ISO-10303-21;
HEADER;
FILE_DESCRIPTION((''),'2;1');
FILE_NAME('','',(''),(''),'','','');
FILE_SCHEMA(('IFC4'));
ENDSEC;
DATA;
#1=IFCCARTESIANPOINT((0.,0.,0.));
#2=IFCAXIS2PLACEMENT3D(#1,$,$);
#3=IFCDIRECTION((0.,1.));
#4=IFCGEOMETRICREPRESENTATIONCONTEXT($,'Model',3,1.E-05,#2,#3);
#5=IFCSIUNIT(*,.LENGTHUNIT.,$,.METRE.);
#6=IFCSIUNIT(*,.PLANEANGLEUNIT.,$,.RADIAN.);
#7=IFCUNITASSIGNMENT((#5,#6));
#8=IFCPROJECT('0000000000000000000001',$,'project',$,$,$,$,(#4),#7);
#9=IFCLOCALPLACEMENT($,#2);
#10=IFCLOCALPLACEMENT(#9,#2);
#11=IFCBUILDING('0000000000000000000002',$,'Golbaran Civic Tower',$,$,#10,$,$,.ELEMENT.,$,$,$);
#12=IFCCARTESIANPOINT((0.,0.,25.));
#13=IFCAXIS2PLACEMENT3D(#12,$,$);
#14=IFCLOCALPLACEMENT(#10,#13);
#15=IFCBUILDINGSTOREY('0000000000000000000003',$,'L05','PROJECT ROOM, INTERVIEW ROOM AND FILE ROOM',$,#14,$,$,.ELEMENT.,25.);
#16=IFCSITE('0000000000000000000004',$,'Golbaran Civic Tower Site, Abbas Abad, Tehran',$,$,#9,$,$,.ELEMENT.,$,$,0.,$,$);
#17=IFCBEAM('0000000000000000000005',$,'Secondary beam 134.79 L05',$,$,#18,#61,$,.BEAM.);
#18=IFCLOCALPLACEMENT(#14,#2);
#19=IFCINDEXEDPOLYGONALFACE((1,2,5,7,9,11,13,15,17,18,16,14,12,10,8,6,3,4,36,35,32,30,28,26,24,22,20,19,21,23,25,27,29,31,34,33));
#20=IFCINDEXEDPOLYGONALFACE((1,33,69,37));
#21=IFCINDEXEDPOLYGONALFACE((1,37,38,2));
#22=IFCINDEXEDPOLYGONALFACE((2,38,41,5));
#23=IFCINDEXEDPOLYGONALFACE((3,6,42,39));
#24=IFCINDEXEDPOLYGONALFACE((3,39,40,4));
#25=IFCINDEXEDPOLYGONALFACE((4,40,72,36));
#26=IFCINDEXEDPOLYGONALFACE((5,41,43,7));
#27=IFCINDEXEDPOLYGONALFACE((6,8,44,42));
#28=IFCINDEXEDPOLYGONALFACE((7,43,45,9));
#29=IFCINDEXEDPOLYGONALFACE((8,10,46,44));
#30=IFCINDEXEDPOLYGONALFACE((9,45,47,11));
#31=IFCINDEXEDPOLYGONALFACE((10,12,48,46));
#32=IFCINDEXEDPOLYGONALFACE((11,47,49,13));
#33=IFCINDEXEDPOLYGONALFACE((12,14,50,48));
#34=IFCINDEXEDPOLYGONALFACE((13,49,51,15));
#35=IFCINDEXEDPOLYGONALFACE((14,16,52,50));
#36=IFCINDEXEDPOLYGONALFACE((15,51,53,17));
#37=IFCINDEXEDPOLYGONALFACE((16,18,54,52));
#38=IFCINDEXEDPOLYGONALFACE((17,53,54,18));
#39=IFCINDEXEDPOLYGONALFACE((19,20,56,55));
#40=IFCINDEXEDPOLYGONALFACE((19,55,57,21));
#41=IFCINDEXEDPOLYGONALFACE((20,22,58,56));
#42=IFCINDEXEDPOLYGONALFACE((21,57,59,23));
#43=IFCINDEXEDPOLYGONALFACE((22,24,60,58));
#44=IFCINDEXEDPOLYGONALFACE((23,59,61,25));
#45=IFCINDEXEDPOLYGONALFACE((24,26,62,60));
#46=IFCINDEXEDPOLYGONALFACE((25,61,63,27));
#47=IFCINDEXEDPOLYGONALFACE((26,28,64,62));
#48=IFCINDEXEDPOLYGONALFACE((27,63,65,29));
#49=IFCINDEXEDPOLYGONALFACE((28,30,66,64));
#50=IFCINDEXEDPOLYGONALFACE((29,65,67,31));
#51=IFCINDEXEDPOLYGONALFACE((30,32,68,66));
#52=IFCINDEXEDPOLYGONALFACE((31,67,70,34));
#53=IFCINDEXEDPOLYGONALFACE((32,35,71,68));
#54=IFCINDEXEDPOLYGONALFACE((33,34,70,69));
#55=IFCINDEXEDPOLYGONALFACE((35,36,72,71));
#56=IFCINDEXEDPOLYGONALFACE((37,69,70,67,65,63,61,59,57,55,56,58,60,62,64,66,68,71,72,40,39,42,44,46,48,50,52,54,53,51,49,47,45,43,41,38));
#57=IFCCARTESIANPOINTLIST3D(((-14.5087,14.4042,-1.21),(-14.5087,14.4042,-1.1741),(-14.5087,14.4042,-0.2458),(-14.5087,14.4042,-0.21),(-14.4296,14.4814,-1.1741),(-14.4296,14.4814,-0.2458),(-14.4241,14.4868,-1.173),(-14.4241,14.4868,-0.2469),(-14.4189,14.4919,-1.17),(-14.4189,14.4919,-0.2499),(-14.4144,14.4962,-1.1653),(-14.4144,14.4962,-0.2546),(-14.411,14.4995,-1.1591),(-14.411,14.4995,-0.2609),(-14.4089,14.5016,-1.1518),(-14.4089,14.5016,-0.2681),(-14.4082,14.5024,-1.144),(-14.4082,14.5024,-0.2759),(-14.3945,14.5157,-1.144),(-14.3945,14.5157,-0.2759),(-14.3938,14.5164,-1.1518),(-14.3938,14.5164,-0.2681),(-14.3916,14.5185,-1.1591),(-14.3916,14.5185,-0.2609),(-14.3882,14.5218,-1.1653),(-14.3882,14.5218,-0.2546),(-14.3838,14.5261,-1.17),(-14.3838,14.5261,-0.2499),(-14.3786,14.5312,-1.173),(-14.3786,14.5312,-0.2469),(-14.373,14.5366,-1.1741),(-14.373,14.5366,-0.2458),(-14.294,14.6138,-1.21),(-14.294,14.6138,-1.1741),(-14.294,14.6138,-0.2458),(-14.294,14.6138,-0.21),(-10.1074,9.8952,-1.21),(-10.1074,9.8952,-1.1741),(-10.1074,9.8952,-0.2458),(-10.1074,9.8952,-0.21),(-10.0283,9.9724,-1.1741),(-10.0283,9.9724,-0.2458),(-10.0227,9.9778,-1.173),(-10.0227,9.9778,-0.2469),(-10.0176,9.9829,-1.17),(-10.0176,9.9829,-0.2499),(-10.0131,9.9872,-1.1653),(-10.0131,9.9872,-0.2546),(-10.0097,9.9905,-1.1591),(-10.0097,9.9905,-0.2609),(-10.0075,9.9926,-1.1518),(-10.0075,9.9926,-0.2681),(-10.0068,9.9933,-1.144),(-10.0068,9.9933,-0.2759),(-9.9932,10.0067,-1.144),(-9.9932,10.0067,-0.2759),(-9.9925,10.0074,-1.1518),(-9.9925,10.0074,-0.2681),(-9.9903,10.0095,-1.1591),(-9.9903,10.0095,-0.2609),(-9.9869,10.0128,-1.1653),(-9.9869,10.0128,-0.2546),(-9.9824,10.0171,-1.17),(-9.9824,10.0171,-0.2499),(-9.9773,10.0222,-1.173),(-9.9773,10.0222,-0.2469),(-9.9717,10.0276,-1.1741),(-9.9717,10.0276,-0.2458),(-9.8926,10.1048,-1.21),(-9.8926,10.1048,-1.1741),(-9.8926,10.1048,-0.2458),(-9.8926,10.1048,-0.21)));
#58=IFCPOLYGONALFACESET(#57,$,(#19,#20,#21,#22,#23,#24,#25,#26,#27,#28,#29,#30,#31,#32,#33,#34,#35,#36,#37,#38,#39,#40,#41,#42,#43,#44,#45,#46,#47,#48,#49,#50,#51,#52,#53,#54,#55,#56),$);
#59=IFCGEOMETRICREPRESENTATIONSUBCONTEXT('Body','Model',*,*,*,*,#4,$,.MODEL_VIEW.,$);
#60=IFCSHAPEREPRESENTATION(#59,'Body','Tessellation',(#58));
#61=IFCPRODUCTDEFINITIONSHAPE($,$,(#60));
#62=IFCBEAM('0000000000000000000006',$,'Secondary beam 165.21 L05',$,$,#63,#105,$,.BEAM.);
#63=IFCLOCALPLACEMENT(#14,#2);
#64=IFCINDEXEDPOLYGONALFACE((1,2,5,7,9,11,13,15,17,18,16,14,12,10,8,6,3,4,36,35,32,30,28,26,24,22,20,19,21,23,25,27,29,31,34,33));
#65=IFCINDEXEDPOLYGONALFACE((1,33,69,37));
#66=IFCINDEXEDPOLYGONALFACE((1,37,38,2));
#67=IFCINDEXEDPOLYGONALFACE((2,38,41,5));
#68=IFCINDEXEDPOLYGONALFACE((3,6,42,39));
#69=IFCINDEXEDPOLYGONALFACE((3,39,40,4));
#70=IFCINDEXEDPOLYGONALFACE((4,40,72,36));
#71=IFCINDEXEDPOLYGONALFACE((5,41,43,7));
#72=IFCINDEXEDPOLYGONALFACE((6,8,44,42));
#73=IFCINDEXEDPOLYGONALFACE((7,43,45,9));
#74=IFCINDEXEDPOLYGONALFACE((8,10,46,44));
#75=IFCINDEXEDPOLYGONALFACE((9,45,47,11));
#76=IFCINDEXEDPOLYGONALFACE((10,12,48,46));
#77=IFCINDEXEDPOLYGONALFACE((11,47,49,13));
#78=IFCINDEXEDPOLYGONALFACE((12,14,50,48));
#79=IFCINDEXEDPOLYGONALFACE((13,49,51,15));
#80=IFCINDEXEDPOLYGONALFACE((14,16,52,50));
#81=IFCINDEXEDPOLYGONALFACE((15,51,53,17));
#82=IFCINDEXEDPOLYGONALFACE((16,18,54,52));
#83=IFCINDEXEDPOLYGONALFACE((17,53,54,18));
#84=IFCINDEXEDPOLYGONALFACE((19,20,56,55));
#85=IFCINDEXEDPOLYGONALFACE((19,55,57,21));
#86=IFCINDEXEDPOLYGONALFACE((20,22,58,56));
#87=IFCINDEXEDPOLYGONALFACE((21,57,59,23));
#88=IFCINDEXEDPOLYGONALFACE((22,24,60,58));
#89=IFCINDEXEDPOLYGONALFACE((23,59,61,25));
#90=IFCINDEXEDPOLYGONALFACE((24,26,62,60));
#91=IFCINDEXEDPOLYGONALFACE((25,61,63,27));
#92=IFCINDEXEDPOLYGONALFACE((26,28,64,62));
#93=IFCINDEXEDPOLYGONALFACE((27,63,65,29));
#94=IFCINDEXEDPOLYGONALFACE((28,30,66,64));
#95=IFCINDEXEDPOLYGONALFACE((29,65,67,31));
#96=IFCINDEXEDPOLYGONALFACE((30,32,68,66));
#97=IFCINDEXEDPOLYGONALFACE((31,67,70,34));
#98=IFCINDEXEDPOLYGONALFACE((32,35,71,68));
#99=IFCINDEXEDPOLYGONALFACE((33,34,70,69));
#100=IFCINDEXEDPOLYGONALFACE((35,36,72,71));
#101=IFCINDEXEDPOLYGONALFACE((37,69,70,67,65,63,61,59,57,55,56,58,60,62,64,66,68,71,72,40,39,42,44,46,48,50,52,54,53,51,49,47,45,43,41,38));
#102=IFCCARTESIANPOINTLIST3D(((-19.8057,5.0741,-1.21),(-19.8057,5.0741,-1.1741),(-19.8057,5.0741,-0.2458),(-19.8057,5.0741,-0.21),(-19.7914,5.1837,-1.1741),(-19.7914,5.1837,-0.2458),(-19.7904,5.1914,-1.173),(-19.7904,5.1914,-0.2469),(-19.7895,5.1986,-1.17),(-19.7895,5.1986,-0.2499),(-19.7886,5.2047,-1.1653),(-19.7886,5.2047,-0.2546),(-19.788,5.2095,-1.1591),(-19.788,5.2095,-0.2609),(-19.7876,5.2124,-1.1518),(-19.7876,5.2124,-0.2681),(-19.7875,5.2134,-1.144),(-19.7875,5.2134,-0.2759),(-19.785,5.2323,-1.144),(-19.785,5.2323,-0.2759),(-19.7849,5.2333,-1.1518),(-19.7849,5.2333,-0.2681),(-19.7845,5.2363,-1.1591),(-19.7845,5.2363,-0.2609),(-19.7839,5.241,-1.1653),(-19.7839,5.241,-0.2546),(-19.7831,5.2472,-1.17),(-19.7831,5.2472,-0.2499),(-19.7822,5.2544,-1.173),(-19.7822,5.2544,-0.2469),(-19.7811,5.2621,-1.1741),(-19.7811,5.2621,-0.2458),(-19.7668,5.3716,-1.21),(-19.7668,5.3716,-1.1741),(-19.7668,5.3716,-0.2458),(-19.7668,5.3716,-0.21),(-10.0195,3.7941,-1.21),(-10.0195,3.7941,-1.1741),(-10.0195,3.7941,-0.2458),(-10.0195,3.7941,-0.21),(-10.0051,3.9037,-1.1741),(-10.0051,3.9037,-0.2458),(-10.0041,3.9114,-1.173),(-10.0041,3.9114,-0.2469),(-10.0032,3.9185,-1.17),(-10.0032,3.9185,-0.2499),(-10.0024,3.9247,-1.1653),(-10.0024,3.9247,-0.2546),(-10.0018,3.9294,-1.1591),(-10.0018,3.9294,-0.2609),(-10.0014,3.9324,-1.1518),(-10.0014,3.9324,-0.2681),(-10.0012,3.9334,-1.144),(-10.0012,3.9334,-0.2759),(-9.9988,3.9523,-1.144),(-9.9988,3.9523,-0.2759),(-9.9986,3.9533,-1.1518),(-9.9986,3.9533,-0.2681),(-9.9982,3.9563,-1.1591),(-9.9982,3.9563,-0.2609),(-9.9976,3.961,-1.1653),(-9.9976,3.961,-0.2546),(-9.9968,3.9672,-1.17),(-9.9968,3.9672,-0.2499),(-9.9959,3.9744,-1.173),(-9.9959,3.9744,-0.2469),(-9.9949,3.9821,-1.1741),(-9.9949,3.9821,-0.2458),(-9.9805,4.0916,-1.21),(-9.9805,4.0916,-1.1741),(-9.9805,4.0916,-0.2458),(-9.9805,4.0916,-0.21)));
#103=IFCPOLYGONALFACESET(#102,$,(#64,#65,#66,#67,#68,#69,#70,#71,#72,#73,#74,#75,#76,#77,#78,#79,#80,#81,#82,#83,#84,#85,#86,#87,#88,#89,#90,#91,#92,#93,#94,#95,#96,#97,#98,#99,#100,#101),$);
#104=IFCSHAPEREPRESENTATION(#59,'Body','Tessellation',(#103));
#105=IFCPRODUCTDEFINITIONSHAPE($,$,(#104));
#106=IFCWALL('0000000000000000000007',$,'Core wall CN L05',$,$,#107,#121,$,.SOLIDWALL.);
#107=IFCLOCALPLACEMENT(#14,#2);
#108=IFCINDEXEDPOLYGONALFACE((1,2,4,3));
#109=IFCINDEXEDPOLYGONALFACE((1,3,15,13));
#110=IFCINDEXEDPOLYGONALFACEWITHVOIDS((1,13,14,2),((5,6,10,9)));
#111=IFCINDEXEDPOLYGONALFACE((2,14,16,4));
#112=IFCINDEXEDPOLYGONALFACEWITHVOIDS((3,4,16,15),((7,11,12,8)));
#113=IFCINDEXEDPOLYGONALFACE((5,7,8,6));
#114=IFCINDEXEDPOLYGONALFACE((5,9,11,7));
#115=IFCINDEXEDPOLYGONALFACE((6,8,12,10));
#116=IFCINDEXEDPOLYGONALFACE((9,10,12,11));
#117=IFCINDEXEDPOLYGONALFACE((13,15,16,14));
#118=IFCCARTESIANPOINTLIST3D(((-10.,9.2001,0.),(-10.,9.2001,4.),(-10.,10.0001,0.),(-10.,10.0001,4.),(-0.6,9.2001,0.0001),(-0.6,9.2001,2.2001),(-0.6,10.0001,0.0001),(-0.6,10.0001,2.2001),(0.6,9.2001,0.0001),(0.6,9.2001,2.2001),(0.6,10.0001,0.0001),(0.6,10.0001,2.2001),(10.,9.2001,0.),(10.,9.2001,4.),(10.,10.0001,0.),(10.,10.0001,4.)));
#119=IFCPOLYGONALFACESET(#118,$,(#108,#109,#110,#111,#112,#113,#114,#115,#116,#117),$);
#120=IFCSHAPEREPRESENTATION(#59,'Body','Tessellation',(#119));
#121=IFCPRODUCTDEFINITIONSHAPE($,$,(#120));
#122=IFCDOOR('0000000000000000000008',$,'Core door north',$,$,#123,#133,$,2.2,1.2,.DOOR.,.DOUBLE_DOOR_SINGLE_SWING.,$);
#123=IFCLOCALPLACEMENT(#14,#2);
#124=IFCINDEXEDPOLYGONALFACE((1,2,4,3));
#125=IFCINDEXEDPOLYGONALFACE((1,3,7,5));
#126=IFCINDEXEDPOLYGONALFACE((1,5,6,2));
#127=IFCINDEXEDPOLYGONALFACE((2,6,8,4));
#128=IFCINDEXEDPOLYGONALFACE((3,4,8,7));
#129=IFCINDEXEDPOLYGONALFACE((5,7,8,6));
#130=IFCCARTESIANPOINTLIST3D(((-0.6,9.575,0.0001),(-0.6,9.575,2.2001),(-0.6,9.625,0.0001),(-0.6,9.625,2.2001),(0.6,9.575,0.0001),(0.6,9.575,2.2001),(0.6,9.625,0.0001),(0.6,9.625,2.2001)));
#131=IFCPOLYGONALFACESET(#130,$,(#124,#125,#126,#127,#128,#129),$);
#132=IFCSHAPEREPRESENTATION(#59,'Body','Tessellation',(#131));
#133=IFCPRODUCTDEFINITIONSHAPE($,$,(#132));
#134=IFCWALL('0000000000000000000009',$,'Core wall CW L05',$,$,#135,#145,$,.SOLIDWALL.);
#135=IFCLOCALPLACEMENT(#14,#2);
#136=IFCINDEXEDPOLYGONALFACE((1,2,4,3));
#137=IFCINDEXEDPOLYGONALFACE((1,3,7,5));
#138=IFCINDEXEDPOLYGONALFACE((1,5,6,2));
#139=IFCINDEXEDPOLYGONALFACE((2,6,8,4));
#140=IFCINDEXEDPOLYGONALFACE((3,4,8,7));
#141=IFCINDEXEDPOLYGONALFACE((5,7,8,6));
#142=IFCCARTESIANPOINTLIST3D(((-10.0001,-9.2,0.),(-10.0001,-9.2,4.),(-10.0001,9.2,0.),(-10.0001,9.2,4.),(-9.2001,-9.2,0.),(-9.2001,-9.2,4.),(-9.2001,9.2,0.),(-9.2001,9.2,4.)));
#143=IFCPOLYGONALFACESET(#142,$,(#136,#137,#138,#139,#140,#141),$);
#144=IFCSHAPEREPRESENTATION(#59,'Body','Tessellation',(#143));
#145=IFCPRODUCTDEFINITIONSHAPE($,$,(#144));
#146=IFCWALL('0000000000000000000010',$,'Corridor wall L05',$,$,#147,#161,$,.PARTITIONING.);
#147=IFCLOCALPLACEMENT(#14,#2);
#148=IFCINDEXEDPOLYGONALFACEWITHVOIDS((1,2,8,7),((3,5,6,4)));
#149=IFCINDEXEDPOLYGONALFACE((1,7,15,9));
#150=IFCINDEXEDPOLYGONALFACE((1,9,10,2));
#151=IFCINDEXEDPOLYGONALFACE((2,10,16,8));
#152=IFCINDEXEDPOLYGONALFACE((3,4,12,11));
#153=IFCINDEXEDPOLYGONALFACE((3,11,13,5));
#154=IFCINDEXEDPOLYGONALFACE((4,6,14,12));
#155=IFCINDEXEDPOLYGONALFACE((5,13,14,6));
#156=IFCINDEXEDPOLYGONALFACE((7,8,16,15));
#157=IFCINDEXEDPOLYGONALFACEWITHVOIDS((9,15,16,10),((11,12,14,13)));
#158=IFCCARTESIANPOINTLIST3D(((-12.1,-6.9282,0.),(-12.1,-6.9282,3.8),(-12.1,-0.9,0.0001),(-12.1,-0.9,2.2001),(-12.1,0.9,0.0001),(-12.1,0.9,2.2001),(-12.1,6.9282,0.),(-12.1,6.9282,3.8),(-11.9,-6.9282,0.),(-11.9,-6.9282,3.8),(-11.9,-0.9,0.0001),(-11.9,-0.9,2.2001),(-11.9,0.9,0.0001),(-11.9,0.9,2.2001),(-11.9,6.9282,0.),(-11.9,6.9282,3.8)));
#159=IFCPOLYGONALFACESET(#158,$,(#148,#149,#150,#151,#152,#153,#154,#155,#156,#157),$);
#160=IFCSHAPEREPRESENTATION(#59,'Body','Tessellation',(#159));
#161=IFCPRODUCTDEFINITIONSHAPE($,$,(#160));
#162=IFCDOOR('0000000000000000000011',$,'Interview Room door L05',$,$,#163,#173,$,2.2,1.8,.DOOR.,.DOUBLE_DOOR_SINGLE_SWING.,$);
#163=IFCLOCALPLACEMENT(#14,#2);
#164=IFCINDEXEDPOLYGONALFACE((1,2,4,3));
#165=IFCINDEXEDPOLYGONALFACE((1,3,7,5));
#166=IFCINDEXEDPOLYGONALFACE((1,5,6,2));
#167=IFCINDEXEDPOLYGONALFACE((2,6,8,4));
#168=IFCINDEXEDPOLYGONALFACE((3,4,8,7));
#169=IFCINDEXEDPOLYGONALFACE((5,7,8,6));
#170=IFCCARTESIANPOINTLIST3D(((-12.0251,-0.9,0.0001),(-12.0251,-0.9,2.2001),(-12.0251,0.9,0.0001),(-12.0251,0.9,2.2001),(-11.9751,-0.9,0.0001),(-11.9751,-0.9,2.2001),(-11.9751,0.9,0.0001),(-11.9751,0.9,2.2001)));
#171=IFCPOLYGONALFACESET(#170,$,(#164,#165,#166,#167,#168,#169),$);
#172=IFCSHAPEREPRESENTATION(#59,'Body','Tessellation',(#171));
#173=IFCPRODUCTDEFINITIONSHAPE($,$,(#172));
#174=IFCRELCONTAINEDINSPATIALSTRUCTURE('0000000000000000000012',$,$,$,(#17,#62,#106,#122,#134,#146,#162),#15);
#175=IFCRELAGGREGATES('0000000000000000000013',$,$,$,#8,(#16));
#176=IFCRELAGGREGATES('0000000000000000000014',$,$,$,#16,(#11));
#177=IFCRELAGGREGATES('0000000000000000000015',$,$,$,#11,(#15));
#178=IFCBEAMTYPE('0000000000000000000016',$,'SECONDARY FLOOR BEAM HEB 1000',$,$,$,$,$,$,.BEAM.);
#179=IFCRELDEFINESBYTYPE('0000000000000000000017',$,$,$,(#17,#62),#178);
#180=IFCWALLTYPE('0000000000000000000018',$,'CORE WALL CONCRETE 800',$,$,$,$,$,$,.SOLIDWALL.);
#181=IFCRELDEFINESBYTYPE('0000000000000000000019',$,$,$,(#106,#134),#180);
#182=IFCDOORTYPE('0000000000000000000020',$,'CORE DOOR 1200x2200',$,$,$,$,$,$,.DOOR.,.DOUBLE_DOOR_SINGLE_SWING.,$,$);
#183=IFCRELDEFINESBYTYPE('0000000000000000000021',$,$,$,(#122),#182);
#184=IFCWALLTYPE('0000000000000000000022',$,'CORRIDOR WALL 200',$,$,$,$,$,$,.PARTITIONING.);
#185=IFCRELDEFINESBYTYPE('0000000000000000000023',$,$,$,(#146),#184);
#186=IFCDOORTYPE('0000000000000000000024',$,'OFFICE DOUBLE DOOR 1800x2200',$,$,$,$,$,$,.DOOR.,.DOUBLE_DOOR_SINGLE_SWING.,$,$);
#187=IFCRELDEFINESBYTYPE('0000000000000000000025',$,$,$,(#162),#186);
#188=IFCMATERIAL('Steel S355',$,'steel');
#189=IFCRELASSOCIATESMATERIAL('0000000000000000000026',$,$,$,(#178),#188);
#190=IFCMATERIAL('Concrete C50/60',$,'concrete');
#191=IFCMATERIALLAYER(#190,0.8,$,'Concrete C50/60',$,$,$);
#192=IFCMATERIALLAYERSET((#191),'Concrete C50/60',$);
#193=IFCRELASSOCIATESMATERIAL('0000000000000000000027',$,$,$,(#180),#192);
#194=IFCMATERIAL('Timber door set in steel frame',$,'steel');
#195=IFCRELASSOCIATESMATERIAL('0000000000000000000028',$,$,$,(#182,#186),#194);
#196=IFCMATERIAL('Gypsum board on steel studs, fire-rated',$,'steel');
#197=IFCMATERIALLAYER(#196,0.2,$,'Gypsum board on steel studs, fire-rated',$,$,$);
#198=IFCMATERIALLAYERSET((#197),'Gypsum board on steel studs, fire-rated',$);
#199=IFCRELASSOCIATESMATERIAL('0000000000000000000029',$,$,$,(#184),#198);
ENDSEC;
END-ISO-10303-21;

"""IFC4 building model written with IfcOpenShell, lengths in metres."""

from ifc_helpers import new_model, si_unit, direction, frame, frame_2d, origin, origin_2d, place, context, subcontext, project, spatial, rectangle, i_section, extrude, material, layer, layer_set, material_profile, profile_set, type_object, element, fill, save


model = new_model("IFC4")

# Units and contexts
model_context = context("Model", 3, precision=1e-05, world=origin(), true_north=direction((0.0, 1.0)))
body_context = subcontext(model_context, "Body", "Model", "MODEL_VIEW")
ifc_project = project(units=[si_unit("LENGTHUNIT", "METRE"), si_unit("PLANEANGLEUNIT", "RADIAN")], contexts=[model_context])

# Site, building, storey
site_placement = place(None, origin())
site = spatial("IfcSite", under=ifc_project, at=site_placement, Name="Golbaran Civic Tower Site, Abbas Abad, Tehran", CompositionType="ELEMENT", RefElevation=0.0)
building_placement = place(site_placement, origin())
building = spatial("IfcBuilding", under=site, at=building_placement, Name="Golbaran Civic Tower", CompositionType="ELEMENT")
storey_placement = place(building_placement, frame((0.0, 0.0, 25.0)))
storey = spatial("IfcBuildingStorey", under=building, at=storey_placement, Name="L05", Description="PROJECT ROOM, INTERVIEW ROOM AND FILE ROOM", CompositionType="ELEMENT", Elevation=25.0)

# Beams
ifc_material_1 = material(Name="Steel S355", Category="steel")
ifc_material_profile_1 = material_profile(ifc_material_1, i_section(OverallWidth=0.3, OverallDepth=1.0, WebThickness=0.019, FlangeThickness=0.0359, FilletRadius=0.03, at=origin_2d()), Name="HEB 1000")
ifc_profile_set_1 = profile_set([ifc_material_profile_1], Name="Steel S355")
beam_type_1 = type_object("IfcBeamType", Name="SECONDARY FLOOR BEAM HEB 1000", PredefinedType="BEAM", material=ifc_profile_set_1)
beam_1_placement = place(storey_placement, frame((-10.0, 10.0, -0.71), z_axis=(-0.698512, 0.715599, 0.0), x_axis=(-0.715599, -0.698512, 0.0)))
element("IfcBeam", 1, at=beam_1_placement, inside=storey, type_object=beam_type_1, Name="Secondary beam 134.79 L05", PredefinedType="BEAM", context=body_context, shape_type="SweptSolid", body=[
    extrude(i_section(OverallWidth=0.3, OverallDepth=1.0, WebThickness=0.019, FlangeThickness=0.0359, FilletRadius=0.03, at=origin_2d()), origin(), (0.0, 0.0, 1.0), 6.301),
])
beam_2_placement = place(storey_placement, frame((-10.0, 3.9429, -0.71), z_axis=(-0.991554, 0.129692, 0.0), x_axis=(-0.129692, -0.991554, 0.0)))
element("IfcBeam", 2, at=beam_2_placement, inside=storey, type_object=beam_type_1, Name="Secondary beam 165.21 L05", PredefinedType="BEAM", context=body_context, shape_type="SweptSolid", body=[
    extrude(i_section(OverallWidth=0.3, OverallDepth=1.0, WebThickness=0.019, FlangeThickness=0.0359, FilletRadius=0.03, at=origin_2d()), origin(), (0.0, 0.0, 1.0), 9.8696),
])

# Wall, opening, door
ifc_material_2 = material(Name="Concrete C50/60", Category="concrete")
ifc_layer_1 = layer(ifc_material_2, 0.8, Name="Concrete C50/60")
ifc_layer_set_1 = layer_set([ifc_layer_1], Name="Concrete C50/60")
wall_type_1 = type_object("IfcWallType", Name="CORE WALL CONCRETE 800", PredefinedType="SOLIDWALL", material=ifc_layer_set_1)
wall_1_placement = place(storey_placement, frame((-10.0, 9.6001, 0.0), z_axis=(0.0, 0.0, 1.0), x_axis=(1.0, 0.0, 0.0)))
wall_1 = element("IfcWall", 3, at=wall_1_placement, inside=storey, type_object=wall_type_1, Name="Core wall CN L05", PredefinedType="SOLIDWALL", context=body_context, shape_type="SweptSolid", body=[
    extrude(rectangle(XDim=20.0, YDim=0.8, at=frame_2d((10.0, 0.0))), origin(), (0.0, 0.0, 1.0), 4.0),
])
opening_1_placement = place(wall_1_placement, frame((9.3999, 0.0, 0.0)))
opening_1 = element("IfcOpeningElement", 4, at=opening_1_placement, cuts=wall_1, PredefinedType="OPENING", context=body_context, shape_type="SweptSolid", body=[
    extrude(rectangle(XDim=1.2, YDim=2.2, at=frame_2d((0.6001, 1.1001))), frame((0.0, 0.4099, 0.0), z_axis=(0.0, -1.0, 0.0), x_axis=(1.0, 0.0, 0.0)), (0.0, 0.0, 1.0), 0.8201),
])
ifc_material_3 = material(Name="Timber door set in steel frame", Category="steel")
door_type_1 = type_object("IfcDoorType", Name="CORE DOOR 1200x2200", OperationType="DOUBLE_DOOR_SINGLE_SWING", PredefinedType="DOOR", material=ifc_material_3)
door_1_placement = place(opening_1_placement, origin())
door_1 = element("IfcDoor", 5, at=door_1_placement, inside=storey, type_object=door_type_1, Name="Core door north", OperationType="DOUBLE_DOOR_SINGLE_SWING", OverallHeight=2.2, OverallWidth=1.2, PredefinedType="DOOR", context=body_context, shape_type="SweptSolid", body=[
    extrude(rectangle(XDim=1.2, YDim=2.2, at=frame_2d((0.6001, 1.1001))), frame((0.0, 0.0249, 0.0), z_axis=(0.0, -1.0, 0.0), x_axis=(1.0, 0.0, 0.0)), (0.0, 0.0, 1.0), 0.05),
])
fill(opening_1, door_1)

# Wall
wall_2_placement = place(storey_placement, frame((-9.6001, 9.2, 0.0), z_axis=(0.0, 0.0, 1.0), x_axis=(0.0, -1.0, 0.0)))
element("IfcWall", 6, at=wall_2_placement, inside=storey, type_object=wall_type_1, Name="Core wall CW L05", PredefinedType="SOLIDWALL", context=body_context, shape_type="SweptSolid", body=[
    extrude(rectangle(XDim=18.3999, YDim=0.8, at=frame_2d((9.2, 0.0))), origin(), (0.0, 0.0, 1.0), 4.0),
])

# Wall, opening, door
ifc_material_4 = material(Name="Gypsum board on steel studs, fire-rated", Category="steel")
ifc_layer_2 = layer(ifc_material_4, 0.2, Name="Gypsum board on steel studs, fire-rated")
ifc_layer_set_2 = layer_set([ifc_layer_2], Name="Gypsum board on steel studs, fire-rated")
wall_type_2 = type_object("IfcWallType", Name="CORRIDOR WALL 200", PredefinedType="PARTITIONING", material=ifc_layer_set_2)
wall_3_placement = place(storey_placement, frame((-12.0, 6.9282, 0.0), z_axis=(0.0, 0.0, 1.0), x_axis=(0.0, -1.0, 0.0)))
wall_3 = element("IfcWall", 7, at=wall_3_placement, inside=storey, type_object=wall_type_2, Name="Corridor wall L05", PredefinedType="PARTITIONING", context=body_context, shape_type="SweptSolid", body=[
    extrude(rectangle(XDim=13.8564, YDim=0.2, at=frame_2d((6.9282, 0.0))), origin(), (0.0, 0.0, 1.0), 3.8),
])
opening_2_placement = place(wall_3_placement, frame((6.0283, 0.0, 0.0)))
opening_2 = element("IfcOpeningElement", 8, at=opening_2_placement, cuts=wall_3, PredefinedType="OPENING", context=body_context, shape_type="SweptSolid", body=[
    extrude(rectangle(XDim=1.8, YDim=2.2, at=frame_2d((0.8999, 1.1001))), frame((0.0, 0.1099, 0.0), z_axis=(0.0, -1.0, 0.0), x_axis=(1.0, 0.0, 0.0)), (0.0, 0.0, 1.0), 0.22),
])
door_type_2 = type_object("IfcDoorType", Name="OFFICE DOUBLE DOOR 1800x2200", OperationType="DOUBLE_DOOR_SINGLE_SWING", PredefinedType="DOOR", material=ifc_material_3)
door_2_placement = place(opening_2_placement, origin())
door_2 = element("IfcDoor", 9, at=door_2_placement, inside=storey, type_object=door_type_2, Name="Interview Room door L05", OperationType="DOUBLE_DOOR_SINGLE_SWING", OverallHeight=2.2, OverallWidth=1.8, PredefinedType="DOOR", context=body_context, shape_type="SweptSolid", body=[
    extrude(rectangle(XDim=1.8, YDim=2.2, at=frame_2d((0.8999, 1.1001))), frame((0.0, 0.0249, 0.0), z_axis=(0.0, -1.0, 0.0), x_axis=(1.0, 0.0, 0.0)), (0.0, 0.0, 1.0), 0.05),
])
fill(opening_2, door_2)

save(model, "model.ifc")
